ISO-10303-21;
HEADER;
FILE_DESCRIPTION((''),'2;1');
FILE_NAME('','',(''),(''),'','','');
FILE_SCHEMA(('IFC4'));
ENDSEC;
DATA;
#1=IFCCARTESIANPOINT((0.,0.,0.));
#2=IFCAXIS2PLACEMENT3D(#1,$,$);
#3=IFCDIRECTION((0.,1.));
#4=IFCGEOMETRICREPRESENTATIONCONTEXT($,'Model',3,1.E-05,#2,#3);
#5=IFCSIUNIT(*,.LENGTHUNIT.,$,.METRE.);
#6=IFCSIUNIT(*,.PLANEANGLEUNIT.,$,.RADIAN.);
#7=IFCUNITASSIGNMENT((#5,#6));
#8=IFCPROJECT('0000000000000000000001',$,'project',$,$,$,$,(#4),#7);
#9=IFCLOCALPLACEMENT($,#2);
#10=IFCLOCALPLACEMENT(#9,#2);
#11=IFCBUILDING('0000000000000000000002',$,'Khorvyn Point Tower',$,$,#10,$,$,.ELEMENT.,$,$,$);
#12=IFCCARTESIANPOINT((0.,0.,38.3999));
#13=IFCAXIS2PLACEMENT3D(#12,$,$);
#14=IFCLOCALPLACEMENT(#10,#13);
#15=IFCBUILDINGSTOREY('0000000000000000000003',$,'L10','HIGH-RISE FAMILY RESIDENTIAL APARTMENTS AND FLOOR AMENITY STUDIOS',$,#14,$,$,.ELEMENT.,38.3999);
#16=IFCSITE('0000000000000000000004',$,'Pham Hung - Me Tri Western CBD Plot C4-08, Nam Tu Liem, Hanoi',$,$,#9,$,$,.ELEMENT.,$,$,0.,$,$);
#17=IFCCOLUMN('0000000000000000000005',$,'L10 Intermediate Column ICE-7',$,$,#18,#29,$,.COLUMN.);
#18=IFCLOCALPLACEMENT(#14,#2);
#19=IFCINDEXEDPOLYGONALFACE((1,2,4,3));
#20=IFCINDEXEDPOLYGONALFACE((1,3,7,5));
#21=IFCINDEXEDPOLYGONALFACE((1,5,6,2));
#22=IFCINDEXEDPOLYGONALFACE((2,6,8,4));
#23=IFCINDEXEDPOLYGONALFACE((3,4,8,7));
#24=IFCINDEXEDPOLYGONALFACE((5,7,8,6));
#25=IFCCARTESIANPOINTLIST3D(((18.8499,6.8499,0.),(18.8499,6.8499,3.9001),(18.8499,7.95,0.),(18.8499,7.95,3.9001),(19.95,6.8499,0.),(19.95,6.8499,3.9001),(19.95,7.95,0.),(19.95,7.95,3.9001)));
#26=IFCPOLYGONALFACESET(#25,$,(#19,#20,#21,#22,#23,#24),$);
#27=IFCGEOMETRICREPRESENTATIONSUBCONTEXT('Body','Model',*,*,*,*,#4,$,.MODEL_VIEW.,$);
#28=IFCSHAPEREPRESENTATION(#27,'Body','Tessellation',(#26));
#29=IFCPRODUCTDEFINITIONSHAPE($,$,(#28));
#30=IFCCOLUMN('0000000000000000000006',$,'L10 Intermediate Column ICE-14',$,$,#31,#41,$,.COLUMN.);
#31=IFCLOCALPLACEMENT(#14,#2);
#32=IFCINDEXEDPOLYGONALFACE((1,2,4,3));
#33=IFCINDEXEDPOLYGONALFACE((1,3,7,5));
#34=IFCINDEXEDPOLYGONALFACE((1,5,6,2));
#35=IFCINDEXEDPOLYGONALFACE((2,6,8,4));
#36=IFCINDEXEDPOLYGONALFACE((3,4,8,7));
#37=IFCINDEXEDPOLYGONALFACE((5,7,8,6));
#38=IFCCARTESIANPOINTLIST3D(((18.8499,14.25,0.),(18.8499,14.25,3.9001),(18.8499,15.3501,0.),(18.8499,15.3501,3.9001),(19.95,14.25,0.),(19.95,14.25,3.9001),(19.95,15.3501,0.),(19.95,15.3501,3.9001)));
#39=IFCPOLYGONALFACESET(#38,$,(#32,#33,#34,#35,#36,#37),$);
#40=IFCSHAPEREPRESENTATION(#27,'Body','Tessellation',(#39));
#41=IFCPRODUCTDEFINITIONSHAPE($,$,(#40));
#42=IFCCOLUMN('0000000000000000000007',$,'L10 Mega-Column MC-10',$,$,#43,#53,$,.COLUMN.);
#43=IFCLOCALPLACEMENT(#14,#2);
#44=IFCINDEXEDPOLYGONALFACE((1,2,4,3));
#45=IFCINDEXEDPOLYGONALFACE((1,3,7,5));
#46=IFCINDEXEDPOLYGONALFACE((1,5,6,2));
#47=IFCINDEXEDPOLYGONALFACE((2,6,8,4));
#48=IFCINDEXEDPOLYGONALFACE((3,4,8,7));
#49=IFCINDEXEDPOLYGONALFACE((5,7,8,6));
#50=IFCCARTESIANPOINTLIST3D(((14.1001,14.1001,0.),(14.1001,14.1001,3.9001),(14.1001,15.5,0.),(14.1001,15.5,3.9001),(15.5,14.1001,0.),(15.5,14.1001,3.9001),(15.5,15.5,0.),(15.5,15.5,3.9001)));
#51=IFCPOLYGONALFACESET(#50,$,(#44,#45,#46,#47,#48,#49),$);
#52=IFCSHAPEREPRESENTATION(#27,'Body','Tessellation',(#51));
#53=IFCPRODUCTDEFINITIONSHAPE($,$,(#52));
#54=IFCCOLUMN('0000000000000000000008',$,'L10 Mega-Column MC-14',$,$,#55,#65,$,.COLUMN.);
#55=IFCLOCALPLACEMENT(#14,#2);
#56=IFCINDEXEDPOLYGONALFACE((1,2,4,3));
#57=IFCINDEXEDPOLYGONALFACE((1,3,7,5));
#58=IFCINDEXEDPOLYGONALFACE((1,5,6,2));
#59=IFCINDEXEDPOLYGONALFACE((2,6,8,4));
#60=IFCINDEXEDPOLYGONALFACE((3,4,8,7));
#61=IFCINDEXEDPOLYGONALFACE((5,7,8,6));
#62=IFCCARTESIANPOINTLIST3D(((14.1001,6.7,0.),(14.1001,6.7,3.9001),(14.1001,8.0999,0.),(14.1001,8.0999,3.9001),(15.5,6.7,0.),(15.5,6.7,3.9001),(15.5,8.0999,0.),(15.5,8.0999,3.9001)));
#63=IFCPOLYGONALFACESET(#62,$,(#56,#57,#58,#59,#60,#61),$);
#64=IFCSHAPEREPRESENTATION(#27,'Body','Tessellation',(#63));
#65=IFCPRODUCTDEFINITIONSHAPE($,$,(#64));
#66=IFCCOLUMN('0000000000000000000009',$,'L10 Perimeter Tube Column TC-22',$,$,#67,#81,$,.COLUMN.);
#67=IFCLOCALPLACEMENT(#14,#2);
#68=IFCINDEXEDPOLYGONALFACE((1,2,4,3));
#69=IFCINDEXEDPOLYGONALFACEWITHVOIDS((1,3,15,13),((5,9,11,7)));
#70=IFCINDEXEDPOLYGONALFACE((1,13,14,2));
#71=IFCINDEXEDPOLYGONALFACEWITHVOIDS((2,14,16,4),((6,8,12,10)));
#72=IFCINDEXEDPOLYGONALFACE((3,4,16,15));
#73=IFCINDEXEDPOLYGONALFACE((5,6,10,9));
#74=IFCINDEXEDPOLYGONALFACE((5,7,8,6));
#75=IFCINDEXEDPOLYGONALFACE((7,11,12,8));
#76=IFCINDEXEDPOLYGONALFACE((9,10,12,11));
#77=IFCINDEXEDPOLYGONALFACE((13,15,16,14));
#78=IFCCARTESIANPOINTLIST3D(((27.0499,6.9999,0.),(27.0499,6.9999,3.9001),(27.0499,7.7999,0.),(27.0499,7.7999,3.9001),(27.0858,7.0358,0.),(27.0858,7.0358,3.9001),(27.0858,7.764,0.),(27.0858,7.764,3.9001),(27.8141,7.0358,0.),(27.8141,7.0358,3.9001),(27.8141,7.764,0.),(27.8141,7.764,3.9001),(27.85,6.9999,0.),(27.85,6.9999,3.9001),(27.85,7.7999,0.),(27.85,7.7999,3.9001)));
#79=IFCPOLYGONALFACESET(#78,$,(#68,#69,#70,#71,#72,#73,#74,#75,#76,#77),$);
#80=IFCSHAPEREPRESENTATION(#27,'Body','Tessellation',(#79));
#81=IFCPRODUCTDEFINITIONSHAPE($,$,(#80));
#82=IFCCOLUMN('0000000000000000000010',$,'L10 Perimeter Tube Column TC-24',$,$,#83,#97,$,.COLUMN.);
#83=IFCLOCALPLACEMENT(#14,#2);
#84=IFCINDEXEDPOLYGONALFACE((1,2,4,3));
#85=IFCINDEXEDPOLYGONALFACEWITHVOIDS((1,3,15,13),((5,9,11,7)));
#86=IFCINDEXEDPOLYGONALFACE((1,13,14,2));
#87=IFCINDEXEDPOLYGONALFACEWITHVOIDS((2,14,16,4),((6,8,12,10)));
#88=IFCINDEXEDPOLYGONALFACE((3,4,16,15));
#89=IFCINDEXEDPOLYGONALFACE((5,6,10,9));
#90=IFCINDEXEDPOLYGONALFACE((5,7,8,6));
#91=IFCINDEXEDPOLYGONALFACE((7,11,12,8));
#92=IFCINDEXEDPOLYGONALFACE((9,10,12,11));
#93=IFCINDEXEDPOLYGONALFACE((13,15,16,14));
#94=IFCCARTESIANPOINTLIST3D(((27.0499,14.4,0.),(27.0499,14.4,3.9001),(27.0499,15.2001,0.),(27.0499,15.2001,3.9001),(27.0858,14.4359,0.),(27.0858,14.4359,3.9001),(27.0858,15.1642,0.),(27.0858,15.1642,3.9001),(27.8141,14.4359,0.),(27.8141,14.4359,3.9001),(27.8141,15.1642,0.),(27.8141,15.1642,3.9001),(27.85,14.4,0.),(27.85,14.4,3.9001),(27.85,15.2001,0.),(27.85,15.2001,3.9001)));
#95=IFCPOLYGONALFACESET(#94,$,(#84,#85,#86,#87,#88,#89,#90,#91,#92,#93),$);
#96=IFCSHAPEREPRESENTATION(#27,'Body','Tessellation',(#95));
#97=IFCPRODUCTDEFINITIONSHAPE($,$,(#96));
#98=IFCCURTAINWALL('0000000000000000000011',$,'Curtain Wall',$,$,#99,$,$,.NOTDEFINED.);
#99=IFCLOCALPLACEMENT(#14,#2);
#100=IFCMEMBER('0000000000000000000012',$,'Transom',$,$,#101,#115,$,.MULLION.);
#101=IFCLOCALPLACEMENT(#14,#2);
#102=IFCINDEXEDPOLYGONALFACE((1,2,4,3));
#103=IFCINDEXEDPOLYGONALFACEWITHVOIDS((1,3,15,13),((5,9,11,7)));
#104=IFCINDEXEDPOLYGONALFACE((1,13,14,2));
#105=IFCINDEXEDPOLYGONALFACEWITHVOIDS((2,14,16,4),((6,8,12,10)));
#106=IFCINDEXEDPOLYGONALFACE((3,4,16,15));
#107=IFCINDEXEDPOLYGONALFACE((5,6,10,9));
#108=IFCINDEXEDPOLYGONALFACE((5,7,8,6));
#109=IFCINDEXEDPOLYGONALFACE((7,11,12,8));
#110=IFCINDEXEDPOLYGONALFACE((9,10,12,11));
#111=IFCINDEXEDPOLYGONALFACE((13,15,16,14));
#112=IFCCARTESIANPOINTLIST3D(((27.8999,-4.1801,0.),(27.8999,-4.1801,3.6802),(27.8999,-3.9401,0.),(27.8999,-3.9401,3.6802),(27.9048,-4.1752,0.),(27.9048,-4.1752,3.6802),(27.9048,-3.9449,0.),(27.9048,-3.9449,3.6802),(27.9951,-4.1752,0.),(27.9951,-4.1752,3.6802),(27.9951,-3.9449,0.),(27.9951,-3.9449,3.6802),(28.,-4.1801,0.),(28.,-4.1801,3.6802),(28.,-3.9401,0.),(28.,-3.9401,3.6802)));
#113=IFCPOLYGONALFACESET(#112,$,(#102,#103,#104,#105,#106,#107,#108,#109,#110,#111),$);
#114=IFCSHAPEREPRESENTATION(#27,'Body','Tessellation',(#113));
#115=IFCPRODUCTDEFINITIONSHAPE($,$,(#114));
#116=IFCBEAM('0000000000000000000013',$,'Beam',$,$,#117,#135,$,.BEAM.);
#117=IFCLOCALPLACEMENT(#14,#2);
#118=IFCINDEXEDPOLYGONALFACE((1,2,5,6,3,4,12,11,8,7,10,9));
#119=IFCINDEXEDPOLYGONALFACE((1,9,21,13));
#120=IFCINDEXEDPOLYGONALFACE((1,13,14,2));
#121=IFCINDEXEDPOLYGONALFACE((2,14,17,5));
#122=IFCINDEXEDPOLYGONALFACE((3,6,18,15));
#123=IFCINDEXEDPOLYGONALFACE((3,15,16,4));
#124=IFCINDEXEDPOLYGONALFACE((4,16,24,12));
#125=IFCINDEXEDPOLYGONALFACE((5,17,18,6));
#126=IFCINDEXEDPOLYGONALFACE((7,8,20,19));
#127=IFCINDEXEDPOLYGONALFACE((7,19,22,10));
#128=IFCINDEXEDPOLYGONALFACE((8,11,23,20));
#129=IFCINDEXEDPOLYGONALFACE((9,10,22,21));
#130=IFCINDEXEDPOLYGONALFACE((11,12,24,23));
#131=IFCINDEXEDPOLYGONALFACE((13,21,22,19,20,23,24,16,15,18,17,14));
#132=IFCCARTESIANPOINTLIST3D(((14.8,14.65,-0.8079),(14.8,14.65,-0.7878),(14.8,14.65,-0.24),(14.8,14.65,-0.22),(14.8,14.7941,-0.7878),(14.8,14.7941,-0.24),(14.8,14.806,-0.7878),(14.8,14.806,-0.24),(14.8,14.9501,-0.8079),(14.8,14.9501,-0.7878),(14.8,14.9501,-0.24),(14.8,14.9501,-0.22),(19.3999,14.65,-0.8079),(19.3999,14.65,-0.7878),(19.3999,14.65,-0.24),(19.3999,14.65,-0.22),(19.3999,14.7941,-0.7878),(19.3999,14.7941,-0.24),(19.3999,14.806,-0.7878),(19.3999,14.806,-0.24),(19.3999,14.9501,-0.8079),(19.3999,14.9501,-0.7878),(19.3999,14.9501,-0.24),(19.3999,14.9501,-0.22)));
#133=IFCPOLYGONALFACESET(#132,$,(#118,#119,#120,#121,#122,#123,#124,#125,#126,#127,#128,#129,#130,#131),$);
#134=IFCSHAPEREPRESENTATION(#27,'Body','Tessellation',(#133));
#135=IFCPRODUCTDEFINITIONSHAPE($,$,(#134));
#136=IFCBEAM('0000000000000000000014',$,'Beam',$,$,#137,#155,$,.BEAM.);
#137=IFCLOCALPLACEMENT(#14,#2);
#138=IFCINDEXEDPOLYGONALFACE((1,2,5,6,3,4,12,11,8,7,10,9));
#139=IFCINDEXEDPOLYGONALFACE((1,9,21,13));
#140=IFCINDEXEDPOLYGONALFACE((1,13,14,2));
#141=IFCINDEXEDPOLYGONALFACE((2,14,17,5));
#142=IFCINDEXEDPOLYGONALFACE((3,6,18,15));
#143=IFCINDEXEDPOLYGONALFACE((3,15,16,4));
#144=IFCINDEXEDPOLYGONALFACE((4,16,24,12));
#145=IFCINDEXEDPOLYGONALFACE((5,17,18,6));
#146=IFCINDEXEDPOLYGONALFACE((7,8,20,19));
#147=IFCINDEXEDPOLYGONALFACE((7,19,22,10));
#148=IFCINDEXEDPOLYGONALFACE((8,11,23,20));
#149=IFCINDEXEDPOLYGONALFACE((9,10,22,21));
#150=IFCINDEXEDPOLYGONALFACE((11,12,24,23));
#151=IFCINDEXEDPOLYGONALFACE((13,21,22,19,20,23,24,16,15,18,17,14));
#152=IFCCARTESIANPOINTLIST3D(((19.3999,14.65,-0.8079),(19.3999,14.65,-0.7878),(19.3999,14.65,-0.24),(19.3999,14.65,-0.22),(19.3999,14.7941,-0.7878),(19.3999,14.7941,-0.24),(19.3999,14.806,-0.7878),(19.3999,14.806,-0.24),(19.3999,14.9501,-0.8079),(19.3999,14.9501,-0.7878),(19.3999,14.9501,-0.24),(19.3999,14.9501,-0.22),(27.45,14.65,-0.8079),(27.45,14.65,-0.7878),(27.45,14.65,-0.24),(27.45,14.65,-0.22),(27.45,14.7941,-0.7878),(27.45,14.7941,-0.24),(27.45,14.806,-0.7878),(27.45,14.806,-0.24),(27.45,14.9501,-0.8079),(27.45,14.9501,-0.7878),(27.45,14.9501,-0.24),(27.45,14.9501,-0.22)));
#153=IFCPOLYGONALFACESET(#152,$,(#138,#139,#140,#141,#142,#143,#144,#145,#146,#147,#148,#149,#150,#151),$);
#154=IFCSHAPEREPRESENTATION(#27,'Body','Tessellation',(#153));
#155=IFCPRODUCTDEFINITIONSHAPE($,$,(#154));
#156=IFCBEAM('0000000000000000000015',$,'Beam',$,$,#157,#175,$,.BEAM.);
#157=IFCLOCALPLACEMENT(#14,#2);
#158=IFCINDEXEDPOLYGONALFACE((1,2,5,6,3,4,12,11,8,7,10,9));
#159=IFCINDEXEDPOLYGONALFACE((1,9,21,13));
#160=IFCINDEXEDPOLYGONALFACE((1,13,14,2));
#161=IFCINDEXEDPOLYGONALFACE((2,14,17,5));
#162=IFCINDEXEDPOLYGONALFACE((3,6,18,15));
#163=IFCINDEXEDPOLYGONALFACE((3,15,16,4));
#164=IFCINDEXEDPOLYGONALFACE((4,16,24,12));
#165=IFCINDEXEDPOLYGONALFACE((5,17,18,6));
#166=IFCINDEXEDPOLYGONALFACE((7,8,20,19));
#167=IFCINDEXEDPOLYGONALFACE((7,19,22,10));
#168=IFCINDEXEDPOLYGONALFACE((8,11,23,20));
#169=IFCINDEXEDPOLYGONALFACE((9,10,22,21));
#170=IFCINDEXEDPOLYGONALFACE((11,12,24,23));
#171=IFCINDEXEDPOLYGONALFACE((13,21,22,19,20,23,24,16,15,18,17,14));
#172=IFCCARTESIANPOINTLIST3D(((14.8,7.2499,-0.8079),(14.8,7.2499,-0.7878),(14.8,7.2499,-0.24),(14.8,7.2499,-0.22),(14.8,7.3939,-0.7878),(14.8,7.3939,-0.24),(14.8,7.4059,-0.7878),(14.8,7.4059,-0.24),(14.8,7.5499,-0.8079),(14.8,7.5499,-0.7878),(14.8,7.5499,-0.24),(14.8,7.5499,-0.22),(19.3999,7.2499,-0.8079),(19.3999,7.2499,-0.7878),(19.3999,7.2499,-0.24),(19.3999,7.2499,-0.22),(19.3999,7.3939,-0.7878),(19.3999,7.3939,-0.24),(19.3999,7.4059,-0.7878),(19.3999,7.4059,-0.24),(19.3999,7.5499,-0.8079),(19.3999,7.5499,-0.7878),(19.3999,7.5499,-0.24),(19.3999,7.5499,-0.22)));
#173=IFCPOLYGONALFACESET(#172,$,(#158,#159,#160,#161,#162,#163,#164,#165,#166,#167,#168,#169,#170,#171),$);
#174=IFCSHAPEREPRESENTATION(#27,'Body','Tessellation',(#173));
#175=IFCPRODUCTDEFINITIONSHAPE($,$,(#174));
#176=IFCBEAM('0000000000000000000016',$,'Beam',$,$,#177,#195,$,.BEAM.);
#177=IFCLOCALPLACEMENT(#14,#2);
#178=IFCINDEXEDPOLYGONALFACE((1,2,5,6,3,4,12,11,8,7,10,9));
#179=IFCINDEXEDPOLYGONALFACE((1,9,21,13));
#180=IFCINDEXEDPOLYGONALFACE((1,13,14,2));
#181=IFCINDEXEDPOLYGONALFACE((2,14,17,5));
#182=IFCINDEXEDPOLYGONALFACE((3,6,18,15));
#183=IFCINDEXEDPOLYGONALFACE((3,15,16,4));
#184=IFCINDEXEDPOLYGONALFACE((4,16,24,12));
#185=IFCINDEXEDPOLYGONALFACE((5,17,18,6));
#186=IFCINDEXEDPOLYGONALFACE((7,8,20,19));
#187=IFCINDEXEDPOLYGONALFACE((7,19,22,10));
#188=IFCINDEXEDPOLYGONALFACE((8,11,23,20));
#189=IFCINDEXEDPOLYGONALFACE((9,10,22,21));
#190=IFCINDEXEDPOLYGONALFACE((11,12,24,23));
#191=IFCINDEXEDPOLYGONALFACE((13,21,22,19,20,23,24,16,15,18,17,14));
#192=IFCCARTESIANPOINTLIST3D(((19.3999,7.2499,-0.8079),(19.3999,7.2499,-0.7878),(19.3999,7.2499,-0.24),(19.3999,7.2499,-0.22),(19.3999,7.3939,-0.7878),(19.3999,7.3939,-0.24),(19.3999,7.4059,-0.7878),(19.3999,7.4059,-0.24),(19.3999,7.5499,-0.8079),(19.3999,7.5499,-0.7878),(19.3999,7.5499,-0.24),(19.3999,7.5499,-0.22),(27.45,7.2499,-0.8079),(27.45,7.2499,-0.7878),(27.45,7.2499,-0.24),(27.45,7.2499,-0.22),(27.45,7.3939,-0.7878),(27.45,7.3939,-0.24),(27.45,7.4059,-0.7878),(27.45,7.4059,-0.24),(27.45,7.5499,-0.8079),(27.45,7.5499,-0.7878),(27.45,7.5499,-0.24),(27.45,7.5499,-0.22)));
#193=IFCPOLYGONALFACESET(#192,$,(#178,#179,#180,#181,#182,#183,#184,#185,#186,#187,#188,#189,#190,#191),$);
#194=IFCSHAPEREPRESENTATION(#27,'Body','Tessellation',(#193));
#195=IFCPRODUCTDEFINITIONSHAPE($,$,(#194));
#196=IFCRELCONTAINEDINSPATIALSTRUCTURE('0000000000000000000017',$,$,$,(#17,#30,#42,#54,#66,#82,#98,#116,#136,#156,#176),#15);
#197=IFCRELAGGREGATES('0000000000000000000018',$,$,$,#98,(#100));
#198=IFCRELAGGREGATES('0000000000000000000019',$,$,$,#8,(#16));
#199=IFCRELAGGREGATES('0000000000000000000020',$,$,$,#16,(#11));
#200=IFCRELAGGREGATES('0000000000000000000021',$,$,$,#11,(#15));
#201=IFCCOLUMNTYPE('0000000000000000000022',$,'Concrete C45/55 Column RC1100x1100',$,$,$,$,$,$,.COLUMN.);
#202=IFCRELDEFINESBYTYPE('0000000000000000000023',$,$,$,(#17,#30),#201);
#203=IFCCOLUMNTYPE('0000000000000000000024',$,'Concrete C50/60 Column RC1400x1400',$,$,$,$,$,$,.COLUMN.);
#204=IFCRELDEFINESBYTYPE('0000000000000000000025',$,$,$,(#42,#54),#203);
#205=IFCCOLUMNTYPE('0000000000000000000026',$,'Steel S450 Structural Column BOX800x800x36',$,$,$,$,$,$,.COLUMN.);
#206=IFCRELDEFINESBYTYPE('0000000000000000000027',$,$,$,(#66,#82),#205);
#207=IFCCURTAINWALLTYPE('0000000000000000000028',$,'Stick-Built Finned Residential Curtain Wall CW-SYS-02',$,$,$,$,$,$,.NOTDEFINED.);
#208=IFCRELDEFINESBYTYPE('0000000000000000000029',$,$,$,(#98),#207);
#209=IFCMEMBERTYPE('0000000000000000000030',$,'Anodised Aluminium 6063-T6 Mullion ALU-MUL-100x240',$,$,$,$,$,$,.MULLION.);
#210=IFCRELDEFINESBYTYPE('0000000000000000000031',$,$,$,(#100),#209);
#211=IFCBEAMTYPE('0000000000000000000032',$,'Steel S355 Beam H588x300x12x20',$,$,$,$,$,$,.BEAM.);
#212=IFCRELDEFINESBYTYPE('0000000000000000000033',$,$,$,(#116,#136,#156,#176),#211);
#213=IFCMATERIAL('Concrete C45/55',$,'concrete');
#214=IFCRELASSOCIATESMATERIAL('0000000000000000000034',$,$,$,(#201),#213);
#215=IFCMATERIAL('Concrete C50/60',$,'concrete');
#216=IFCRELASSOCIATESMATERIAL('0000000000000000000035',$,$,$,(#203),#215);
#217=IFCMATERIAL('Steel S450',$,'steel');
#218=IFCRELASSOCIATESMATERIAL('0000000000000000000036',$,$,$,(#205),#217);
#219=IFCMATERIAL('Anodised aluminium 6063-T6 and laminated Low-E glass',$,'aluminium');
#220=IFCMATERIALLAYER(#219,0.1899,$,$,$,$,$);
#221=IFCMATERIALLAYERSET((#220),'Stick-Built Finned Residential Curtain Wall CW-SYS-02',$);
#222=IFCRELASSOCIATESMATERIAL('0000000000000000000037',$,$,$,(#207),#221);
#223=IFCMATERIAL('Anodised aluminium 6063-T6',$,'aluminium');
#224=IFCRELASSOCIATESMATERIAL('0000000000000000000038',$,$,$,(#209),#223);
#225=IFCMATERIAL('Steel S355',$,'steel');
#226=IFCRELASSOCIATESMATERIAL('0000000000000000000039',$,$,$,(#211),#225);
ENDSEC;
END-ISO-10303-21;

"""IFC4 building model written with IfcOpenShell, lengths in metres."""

from ifc_helpers import new_model, si_unit, direction, frame, origin, origin_2d, place, context, subcontext, project, spatial, rectangle, hollow_rectangle, i_section, extrude, material, layer, layer_set, material_profile, profile_set, type_object, element, aggregate, save


model = new_model("IFC4")

# Units and contexts
model_context = context("Model", 3, precision=1e-05, world=origin(), true_north=direction((0.0, 1.0)))
body_context = subcontext(model_context, "Body", "Model", "MODEL_VIEW")
ifc_project = project(units=[si_unit("LENGTHUNIT", "METRE"), si_unit("PLANEANGLEUNIT", "RADIAN")], contexts=[model_context])

# Site, building, storey
site_placement = place(None, origin())
site = spatial("IfcSite", under=ifc_project, at=site_placement, Name="Pham Hung - Me Tri Western CBD Plot C4-08, Nam Tu Liem, Hanoi", CompositionType="ELEMENT", RefElevation=0.0)
building_placement = place(site_placement, origin())
building = spatial("IfcBuilding", under=site, at=building_placement, Name="Khorvyn Point Tower", CompositionType="ELEMENT")
storey_placement = place(building_placement, frame((0.0, 0.0, 38.3999)))
storey = spatial("IfcBuildingStorey", under=building, at=storey_placement, Name="L10", Description="HIGH-RISE FAMILY RESIDENTIAL APARTMENTS AND FLOOR AMENITY STUDIOS", CompositionType="ELEMENT", Elevation=38.3999)

# Columns
ifc_material_1 = material(Name="Concrete C45/55", Category="concrete")
ifc_material_profile_1 = material_profile(ifc_material_1, rectangle(XDim=1.1001, YDim=1.1001, at=origin_2d()))
ifc_profile_set_1 = profile_set([ifc_material_profile_1], Name="Concrete C45/55 RC1100x1100")
column_type_1 = type_object("IfcColumnType", Name="Concrete C45/55 Column RC1100x1100", PredefinedType="COLUMN", material=ifc_profile_set_1)
for number, where, z_axis, x_axis, name in (
    (1, (19.3999, 7.3999, 0.0), (0.0, 0.0, 1.0), (1.0, 0.0, 0.0), "L10 Intermediate Column ICE-7"),
    (2, (19.3999, 14.8, 0.0), (0.0, 0.0, 1.0), (1.0, 0.0, 0.0), "L10 Intermediate Column ICE-14"),
):
    element("IfcColumn", number, at=place(storey_placement, frame(where, z_axis=z_axis, x_axis=x_axis)), inside=storey, type_object=column_type_1, Name=name, PredefinedType="COLUMN", context=body_context, shape_type="SweptSolid", body=[
        extrude(rectangle(XDim=1.1001, YDim=1.1001, at=origin_2d()), origin(), (0.0, 0.0, 1.0), 3.9001),
    ])
ifc_material_2 = material(Name="Concrete C50/60", Category="concrete")
ifc_material_profile_2 = material_profile(ifc_material_2, rectangle(XDim=1.3999, YDim=1.3999, at=origin_2d()))
ifc_profile_set_2 = profile_set([ifc_material_profile_2], Name="Concrete C50/60 RC1400x1400")
column_type_2 = type_object("IfcColumnType", Name="Concrete C50/60 Column RC1400x1400", PredefinedType="COLUMN", material=ifc_profile_set_2)
for number, where, z_axis, x_axis, name in (
    (3, (14.8, 14.8, 0.0), (0.0, 0.0, 1.0), (1.0, 0.0, 0.0), "L10 Mega-Column MC-10"),
    (4, (14.8, 7.3999, 0.0), (0.0, 0.0, 1.0), (1.0, 0.0, 0.0), "L10 Mega-Column MC-14"),
):
    element("IfcColumn", number, at=place(storey_placement, frame(where, z_axis=z_axis, x_axis=x_axis)), inside=storey, type_object=column_type_2, Name=name, PredefinedType="COLUMN", context=body_context, shape_type="SweptSolid", body=[
        extrude(rectangle(XDim=1.3999, YDim=1.3999, at=origin_2d()), origin(), (0.0, 0.0, 1.0), 3.9001),
    ])
ifc_material_3 = material(Name="Steel S450", Category="steel")
ifc_material_profile_3 = material_profile(ifc_material_3, hollow_rectangle(XDim=0.8, YDim=0.8, WallThickness=0.0359, at=origin_2d()))
ifc_profile_set_3 = profile_set([ifc_material_profile_3], Name="Steel S450 BOX800x800x36")
column_type_3 = type_object("IfcColumnType", Name="Steel S450 Structural Column BOX800x800x36", PredefinedType="COLUMN", material=ifc_profile_set_3)
for number, where, z_axis, x_axis, name in (
    (5, (27.45, 7.3999, 0.0), (0.0, 0.0, 1.0), (1.0, 0.0, 0.0), "L10 Perimeter Tube Column TC-22"),
    (6, (27.45, 14.8, 0.0), (0.0, 0.0, 1.0), (1.0, 0.0, 0.0), "L10 Perimeter Tube Column TC-24"),
):
    element("IfcColumn", number, at=place(storey_placement, frame(where, z_axis=z_axis, x_axis=x_axis)), inside=storey, type_object=column_type_3, Name=name, PredefinedType="COLUMN", context=body_context, shape_type="SweptSolid", body=[
        extrude(hollow_rectangle(XDim=0.8, YDim=0.8, WallThickness=0.0359, at=origin_2d()), origin(), (0.0, 0.0, 1.0), 3.9001),
    ])

# Curtain wall, member
ifc_material_4 = material(Name="Anodised aluminium 6063-T6 and laminated Low-E glass", Category="aluminium")
ifc_layer_1 = layer(ifc_material_4, 0.1899)
ifc_layer_set_1 = layer_set([ifc_layer_1], Name="Stick-Built Finned Residential Curtain Wall CW-SYS-02")
curtain_wall_type = type_object("IfcCurtainWallType", Name="Stick-Built Finned Residential Curtain Wall CW-SYS-02", PredefinedType="NOTDEFINED", material=ifc_layer_set_1)
curtain_wall_placement = place(storey_placement, origin())
curtain_wall = element("IfcCurtainWall", 7, at=curtain_wall_placement, inside=storey, type_object=curtain_wall_type, Name="Curtain Wall", PredefinedType="NOTDEFINED")
ifc_material_5 = material(Name="Anodised aluminium 6063-T6", Category="aluminium")
ifc_material_profile_4 = material_profile(ifc_material_5, hollow_rectangle(XDim=0.1001, YDim=0.24, WallThickness=0.0049, at=origin_2d()))
ifc_profile_set_4 = profile_set([ifc_material_profile_4], Name="Anodised aluminium 6063-T6 ALU-MUL-100x240")
member_type_1 = type_object("IfcMemberType", Name="Anodised Aluminium 6063-T6 Mullion ALU-MUL-100x240", PredefinedType="MULLION", material=ifc_profile_set_4)
member_placement = place(storey_placement, frame((27.95, -4.0601, 0.0), z_axis=(0.0, 0.0, 1.0), x_axis=(1.0, 0.0, 0.0)))
member = element("IfcMember", 8, at=member_placement, type_object=member_type_1, Name="Transom", PredefinedType="MULLION", context=body_context, shape_type="SweptSolid", body=[
    extrude(hollow_rectangle(XDim=0.1001, YDim=0.24, WallThickness=0.0049, at=origin_2d()), origin(), (0.0, 0.0, 1.0), 3.6802),
])

# Beams
ifc_material_6 = material(Name="Steel S355", Category="steel")
ifc_material_profile_5 = material_profile(ifc_material_6, i_section(OverallWidth=0.3, OverallDepth=0.5879, WebThickness=0.012, FlangeThickness=0.02, at=origin_2d()))
ifc_profile_set_5 = profile_set([ifc_material_profile_5], Name="Steel S355 H588x300x12x20")
beam_type_1 = type_object("IfcBeamType", Name="Steel S355 Beam H588x300x12x20", PredefinedType="BEAM", material=ifc_profile_set_5)
beam_1_placement = place(storey_placement, frame((14.8, 14.8, -0.5139), z_axis=(1.0, 0.0, 0.0), x_axis=(0.0, 1.0, 0.0)))
element("IfcBeam", 9, at=beam_1_placement, inside=storey, type_object=beam_type_1, Name="Beam", PredefinedType="BEAM", context=body_context, shape_type="SweptSolid", body=[
    extrude(i_section(OverallWidth=0.3, OverallDepth=0.5879, WebThickness=0.012, FlangeThickness=0.02, at=origin_2d()), origin(), (0.0, 0.0, 1.0), 4.5999),
])
beam_2_placement = place(storey_placement, frame((19.3999, 14.8, -0.5139), z_axis=(1.0, 0.0, 0.0), x_axis=(0.0, 1.0, 0.0)))
element("IfcBeam", 10, at=beam_2_placement, inside=storey, type_object=beam_type_1, Name="Beam", PredefinedType="BEAM", context=body_context, shape_type="SweptSolid", body=[
    extrude(i_section(OverallWidth=0.3, OverallDepth=0.5879, WebThickness=0.012, FlangeThickness=0.02, at=origin_2d()), origin(), (0.0, 0.0, 1.0), 8.05),
])
beam_3_placement = place(storey_placement, frame((14.8, 7.3999, -0.5139), z_axis=(1.0, 0.0, 0.0), x_axis=(0.0, 1.0, 0.0)))
element("IfcBeam", 11, at=beam_3_placement, inside=storey, type_object=beam_type_1, Name="Beam", PredefinedType="BEAM", context=body_context, shape_type="SweptSolid", body=[
    extrude(i_section(OverallWidth=0.3, OverallDepth=0.5879, WebThickness=0.012, FlangeThickness=0.02, at=origin_2d()), origin(), (0.0, 0.0, 1.0), 4.5999),
])
beam_4_placement = place(storey_placement, frame((19.3999, 7.3999, -0.5139), z_axis=(1.0, 0.0, 0.0), x_axis=(0.0, 1.0, 0.0)))
element("IfcBeam", 12, at=beam_4_placement, inside=storey, type_object=beam_type_1, Name="Beam", PredefinedType="BEAM", context=body_context, shape_type="SweptSolid", body=[
    extrude(i_section(OverallWidth=0.3, OverallDepth=0.5879, WebThickness=0.012, FlangeThickness=0.02, at=origin_2d()), origin(), (0.0, 0.0, 1.0), 8.05),
])

aggregate(curtain_wall, [member])

save(model, "model.ifc")
